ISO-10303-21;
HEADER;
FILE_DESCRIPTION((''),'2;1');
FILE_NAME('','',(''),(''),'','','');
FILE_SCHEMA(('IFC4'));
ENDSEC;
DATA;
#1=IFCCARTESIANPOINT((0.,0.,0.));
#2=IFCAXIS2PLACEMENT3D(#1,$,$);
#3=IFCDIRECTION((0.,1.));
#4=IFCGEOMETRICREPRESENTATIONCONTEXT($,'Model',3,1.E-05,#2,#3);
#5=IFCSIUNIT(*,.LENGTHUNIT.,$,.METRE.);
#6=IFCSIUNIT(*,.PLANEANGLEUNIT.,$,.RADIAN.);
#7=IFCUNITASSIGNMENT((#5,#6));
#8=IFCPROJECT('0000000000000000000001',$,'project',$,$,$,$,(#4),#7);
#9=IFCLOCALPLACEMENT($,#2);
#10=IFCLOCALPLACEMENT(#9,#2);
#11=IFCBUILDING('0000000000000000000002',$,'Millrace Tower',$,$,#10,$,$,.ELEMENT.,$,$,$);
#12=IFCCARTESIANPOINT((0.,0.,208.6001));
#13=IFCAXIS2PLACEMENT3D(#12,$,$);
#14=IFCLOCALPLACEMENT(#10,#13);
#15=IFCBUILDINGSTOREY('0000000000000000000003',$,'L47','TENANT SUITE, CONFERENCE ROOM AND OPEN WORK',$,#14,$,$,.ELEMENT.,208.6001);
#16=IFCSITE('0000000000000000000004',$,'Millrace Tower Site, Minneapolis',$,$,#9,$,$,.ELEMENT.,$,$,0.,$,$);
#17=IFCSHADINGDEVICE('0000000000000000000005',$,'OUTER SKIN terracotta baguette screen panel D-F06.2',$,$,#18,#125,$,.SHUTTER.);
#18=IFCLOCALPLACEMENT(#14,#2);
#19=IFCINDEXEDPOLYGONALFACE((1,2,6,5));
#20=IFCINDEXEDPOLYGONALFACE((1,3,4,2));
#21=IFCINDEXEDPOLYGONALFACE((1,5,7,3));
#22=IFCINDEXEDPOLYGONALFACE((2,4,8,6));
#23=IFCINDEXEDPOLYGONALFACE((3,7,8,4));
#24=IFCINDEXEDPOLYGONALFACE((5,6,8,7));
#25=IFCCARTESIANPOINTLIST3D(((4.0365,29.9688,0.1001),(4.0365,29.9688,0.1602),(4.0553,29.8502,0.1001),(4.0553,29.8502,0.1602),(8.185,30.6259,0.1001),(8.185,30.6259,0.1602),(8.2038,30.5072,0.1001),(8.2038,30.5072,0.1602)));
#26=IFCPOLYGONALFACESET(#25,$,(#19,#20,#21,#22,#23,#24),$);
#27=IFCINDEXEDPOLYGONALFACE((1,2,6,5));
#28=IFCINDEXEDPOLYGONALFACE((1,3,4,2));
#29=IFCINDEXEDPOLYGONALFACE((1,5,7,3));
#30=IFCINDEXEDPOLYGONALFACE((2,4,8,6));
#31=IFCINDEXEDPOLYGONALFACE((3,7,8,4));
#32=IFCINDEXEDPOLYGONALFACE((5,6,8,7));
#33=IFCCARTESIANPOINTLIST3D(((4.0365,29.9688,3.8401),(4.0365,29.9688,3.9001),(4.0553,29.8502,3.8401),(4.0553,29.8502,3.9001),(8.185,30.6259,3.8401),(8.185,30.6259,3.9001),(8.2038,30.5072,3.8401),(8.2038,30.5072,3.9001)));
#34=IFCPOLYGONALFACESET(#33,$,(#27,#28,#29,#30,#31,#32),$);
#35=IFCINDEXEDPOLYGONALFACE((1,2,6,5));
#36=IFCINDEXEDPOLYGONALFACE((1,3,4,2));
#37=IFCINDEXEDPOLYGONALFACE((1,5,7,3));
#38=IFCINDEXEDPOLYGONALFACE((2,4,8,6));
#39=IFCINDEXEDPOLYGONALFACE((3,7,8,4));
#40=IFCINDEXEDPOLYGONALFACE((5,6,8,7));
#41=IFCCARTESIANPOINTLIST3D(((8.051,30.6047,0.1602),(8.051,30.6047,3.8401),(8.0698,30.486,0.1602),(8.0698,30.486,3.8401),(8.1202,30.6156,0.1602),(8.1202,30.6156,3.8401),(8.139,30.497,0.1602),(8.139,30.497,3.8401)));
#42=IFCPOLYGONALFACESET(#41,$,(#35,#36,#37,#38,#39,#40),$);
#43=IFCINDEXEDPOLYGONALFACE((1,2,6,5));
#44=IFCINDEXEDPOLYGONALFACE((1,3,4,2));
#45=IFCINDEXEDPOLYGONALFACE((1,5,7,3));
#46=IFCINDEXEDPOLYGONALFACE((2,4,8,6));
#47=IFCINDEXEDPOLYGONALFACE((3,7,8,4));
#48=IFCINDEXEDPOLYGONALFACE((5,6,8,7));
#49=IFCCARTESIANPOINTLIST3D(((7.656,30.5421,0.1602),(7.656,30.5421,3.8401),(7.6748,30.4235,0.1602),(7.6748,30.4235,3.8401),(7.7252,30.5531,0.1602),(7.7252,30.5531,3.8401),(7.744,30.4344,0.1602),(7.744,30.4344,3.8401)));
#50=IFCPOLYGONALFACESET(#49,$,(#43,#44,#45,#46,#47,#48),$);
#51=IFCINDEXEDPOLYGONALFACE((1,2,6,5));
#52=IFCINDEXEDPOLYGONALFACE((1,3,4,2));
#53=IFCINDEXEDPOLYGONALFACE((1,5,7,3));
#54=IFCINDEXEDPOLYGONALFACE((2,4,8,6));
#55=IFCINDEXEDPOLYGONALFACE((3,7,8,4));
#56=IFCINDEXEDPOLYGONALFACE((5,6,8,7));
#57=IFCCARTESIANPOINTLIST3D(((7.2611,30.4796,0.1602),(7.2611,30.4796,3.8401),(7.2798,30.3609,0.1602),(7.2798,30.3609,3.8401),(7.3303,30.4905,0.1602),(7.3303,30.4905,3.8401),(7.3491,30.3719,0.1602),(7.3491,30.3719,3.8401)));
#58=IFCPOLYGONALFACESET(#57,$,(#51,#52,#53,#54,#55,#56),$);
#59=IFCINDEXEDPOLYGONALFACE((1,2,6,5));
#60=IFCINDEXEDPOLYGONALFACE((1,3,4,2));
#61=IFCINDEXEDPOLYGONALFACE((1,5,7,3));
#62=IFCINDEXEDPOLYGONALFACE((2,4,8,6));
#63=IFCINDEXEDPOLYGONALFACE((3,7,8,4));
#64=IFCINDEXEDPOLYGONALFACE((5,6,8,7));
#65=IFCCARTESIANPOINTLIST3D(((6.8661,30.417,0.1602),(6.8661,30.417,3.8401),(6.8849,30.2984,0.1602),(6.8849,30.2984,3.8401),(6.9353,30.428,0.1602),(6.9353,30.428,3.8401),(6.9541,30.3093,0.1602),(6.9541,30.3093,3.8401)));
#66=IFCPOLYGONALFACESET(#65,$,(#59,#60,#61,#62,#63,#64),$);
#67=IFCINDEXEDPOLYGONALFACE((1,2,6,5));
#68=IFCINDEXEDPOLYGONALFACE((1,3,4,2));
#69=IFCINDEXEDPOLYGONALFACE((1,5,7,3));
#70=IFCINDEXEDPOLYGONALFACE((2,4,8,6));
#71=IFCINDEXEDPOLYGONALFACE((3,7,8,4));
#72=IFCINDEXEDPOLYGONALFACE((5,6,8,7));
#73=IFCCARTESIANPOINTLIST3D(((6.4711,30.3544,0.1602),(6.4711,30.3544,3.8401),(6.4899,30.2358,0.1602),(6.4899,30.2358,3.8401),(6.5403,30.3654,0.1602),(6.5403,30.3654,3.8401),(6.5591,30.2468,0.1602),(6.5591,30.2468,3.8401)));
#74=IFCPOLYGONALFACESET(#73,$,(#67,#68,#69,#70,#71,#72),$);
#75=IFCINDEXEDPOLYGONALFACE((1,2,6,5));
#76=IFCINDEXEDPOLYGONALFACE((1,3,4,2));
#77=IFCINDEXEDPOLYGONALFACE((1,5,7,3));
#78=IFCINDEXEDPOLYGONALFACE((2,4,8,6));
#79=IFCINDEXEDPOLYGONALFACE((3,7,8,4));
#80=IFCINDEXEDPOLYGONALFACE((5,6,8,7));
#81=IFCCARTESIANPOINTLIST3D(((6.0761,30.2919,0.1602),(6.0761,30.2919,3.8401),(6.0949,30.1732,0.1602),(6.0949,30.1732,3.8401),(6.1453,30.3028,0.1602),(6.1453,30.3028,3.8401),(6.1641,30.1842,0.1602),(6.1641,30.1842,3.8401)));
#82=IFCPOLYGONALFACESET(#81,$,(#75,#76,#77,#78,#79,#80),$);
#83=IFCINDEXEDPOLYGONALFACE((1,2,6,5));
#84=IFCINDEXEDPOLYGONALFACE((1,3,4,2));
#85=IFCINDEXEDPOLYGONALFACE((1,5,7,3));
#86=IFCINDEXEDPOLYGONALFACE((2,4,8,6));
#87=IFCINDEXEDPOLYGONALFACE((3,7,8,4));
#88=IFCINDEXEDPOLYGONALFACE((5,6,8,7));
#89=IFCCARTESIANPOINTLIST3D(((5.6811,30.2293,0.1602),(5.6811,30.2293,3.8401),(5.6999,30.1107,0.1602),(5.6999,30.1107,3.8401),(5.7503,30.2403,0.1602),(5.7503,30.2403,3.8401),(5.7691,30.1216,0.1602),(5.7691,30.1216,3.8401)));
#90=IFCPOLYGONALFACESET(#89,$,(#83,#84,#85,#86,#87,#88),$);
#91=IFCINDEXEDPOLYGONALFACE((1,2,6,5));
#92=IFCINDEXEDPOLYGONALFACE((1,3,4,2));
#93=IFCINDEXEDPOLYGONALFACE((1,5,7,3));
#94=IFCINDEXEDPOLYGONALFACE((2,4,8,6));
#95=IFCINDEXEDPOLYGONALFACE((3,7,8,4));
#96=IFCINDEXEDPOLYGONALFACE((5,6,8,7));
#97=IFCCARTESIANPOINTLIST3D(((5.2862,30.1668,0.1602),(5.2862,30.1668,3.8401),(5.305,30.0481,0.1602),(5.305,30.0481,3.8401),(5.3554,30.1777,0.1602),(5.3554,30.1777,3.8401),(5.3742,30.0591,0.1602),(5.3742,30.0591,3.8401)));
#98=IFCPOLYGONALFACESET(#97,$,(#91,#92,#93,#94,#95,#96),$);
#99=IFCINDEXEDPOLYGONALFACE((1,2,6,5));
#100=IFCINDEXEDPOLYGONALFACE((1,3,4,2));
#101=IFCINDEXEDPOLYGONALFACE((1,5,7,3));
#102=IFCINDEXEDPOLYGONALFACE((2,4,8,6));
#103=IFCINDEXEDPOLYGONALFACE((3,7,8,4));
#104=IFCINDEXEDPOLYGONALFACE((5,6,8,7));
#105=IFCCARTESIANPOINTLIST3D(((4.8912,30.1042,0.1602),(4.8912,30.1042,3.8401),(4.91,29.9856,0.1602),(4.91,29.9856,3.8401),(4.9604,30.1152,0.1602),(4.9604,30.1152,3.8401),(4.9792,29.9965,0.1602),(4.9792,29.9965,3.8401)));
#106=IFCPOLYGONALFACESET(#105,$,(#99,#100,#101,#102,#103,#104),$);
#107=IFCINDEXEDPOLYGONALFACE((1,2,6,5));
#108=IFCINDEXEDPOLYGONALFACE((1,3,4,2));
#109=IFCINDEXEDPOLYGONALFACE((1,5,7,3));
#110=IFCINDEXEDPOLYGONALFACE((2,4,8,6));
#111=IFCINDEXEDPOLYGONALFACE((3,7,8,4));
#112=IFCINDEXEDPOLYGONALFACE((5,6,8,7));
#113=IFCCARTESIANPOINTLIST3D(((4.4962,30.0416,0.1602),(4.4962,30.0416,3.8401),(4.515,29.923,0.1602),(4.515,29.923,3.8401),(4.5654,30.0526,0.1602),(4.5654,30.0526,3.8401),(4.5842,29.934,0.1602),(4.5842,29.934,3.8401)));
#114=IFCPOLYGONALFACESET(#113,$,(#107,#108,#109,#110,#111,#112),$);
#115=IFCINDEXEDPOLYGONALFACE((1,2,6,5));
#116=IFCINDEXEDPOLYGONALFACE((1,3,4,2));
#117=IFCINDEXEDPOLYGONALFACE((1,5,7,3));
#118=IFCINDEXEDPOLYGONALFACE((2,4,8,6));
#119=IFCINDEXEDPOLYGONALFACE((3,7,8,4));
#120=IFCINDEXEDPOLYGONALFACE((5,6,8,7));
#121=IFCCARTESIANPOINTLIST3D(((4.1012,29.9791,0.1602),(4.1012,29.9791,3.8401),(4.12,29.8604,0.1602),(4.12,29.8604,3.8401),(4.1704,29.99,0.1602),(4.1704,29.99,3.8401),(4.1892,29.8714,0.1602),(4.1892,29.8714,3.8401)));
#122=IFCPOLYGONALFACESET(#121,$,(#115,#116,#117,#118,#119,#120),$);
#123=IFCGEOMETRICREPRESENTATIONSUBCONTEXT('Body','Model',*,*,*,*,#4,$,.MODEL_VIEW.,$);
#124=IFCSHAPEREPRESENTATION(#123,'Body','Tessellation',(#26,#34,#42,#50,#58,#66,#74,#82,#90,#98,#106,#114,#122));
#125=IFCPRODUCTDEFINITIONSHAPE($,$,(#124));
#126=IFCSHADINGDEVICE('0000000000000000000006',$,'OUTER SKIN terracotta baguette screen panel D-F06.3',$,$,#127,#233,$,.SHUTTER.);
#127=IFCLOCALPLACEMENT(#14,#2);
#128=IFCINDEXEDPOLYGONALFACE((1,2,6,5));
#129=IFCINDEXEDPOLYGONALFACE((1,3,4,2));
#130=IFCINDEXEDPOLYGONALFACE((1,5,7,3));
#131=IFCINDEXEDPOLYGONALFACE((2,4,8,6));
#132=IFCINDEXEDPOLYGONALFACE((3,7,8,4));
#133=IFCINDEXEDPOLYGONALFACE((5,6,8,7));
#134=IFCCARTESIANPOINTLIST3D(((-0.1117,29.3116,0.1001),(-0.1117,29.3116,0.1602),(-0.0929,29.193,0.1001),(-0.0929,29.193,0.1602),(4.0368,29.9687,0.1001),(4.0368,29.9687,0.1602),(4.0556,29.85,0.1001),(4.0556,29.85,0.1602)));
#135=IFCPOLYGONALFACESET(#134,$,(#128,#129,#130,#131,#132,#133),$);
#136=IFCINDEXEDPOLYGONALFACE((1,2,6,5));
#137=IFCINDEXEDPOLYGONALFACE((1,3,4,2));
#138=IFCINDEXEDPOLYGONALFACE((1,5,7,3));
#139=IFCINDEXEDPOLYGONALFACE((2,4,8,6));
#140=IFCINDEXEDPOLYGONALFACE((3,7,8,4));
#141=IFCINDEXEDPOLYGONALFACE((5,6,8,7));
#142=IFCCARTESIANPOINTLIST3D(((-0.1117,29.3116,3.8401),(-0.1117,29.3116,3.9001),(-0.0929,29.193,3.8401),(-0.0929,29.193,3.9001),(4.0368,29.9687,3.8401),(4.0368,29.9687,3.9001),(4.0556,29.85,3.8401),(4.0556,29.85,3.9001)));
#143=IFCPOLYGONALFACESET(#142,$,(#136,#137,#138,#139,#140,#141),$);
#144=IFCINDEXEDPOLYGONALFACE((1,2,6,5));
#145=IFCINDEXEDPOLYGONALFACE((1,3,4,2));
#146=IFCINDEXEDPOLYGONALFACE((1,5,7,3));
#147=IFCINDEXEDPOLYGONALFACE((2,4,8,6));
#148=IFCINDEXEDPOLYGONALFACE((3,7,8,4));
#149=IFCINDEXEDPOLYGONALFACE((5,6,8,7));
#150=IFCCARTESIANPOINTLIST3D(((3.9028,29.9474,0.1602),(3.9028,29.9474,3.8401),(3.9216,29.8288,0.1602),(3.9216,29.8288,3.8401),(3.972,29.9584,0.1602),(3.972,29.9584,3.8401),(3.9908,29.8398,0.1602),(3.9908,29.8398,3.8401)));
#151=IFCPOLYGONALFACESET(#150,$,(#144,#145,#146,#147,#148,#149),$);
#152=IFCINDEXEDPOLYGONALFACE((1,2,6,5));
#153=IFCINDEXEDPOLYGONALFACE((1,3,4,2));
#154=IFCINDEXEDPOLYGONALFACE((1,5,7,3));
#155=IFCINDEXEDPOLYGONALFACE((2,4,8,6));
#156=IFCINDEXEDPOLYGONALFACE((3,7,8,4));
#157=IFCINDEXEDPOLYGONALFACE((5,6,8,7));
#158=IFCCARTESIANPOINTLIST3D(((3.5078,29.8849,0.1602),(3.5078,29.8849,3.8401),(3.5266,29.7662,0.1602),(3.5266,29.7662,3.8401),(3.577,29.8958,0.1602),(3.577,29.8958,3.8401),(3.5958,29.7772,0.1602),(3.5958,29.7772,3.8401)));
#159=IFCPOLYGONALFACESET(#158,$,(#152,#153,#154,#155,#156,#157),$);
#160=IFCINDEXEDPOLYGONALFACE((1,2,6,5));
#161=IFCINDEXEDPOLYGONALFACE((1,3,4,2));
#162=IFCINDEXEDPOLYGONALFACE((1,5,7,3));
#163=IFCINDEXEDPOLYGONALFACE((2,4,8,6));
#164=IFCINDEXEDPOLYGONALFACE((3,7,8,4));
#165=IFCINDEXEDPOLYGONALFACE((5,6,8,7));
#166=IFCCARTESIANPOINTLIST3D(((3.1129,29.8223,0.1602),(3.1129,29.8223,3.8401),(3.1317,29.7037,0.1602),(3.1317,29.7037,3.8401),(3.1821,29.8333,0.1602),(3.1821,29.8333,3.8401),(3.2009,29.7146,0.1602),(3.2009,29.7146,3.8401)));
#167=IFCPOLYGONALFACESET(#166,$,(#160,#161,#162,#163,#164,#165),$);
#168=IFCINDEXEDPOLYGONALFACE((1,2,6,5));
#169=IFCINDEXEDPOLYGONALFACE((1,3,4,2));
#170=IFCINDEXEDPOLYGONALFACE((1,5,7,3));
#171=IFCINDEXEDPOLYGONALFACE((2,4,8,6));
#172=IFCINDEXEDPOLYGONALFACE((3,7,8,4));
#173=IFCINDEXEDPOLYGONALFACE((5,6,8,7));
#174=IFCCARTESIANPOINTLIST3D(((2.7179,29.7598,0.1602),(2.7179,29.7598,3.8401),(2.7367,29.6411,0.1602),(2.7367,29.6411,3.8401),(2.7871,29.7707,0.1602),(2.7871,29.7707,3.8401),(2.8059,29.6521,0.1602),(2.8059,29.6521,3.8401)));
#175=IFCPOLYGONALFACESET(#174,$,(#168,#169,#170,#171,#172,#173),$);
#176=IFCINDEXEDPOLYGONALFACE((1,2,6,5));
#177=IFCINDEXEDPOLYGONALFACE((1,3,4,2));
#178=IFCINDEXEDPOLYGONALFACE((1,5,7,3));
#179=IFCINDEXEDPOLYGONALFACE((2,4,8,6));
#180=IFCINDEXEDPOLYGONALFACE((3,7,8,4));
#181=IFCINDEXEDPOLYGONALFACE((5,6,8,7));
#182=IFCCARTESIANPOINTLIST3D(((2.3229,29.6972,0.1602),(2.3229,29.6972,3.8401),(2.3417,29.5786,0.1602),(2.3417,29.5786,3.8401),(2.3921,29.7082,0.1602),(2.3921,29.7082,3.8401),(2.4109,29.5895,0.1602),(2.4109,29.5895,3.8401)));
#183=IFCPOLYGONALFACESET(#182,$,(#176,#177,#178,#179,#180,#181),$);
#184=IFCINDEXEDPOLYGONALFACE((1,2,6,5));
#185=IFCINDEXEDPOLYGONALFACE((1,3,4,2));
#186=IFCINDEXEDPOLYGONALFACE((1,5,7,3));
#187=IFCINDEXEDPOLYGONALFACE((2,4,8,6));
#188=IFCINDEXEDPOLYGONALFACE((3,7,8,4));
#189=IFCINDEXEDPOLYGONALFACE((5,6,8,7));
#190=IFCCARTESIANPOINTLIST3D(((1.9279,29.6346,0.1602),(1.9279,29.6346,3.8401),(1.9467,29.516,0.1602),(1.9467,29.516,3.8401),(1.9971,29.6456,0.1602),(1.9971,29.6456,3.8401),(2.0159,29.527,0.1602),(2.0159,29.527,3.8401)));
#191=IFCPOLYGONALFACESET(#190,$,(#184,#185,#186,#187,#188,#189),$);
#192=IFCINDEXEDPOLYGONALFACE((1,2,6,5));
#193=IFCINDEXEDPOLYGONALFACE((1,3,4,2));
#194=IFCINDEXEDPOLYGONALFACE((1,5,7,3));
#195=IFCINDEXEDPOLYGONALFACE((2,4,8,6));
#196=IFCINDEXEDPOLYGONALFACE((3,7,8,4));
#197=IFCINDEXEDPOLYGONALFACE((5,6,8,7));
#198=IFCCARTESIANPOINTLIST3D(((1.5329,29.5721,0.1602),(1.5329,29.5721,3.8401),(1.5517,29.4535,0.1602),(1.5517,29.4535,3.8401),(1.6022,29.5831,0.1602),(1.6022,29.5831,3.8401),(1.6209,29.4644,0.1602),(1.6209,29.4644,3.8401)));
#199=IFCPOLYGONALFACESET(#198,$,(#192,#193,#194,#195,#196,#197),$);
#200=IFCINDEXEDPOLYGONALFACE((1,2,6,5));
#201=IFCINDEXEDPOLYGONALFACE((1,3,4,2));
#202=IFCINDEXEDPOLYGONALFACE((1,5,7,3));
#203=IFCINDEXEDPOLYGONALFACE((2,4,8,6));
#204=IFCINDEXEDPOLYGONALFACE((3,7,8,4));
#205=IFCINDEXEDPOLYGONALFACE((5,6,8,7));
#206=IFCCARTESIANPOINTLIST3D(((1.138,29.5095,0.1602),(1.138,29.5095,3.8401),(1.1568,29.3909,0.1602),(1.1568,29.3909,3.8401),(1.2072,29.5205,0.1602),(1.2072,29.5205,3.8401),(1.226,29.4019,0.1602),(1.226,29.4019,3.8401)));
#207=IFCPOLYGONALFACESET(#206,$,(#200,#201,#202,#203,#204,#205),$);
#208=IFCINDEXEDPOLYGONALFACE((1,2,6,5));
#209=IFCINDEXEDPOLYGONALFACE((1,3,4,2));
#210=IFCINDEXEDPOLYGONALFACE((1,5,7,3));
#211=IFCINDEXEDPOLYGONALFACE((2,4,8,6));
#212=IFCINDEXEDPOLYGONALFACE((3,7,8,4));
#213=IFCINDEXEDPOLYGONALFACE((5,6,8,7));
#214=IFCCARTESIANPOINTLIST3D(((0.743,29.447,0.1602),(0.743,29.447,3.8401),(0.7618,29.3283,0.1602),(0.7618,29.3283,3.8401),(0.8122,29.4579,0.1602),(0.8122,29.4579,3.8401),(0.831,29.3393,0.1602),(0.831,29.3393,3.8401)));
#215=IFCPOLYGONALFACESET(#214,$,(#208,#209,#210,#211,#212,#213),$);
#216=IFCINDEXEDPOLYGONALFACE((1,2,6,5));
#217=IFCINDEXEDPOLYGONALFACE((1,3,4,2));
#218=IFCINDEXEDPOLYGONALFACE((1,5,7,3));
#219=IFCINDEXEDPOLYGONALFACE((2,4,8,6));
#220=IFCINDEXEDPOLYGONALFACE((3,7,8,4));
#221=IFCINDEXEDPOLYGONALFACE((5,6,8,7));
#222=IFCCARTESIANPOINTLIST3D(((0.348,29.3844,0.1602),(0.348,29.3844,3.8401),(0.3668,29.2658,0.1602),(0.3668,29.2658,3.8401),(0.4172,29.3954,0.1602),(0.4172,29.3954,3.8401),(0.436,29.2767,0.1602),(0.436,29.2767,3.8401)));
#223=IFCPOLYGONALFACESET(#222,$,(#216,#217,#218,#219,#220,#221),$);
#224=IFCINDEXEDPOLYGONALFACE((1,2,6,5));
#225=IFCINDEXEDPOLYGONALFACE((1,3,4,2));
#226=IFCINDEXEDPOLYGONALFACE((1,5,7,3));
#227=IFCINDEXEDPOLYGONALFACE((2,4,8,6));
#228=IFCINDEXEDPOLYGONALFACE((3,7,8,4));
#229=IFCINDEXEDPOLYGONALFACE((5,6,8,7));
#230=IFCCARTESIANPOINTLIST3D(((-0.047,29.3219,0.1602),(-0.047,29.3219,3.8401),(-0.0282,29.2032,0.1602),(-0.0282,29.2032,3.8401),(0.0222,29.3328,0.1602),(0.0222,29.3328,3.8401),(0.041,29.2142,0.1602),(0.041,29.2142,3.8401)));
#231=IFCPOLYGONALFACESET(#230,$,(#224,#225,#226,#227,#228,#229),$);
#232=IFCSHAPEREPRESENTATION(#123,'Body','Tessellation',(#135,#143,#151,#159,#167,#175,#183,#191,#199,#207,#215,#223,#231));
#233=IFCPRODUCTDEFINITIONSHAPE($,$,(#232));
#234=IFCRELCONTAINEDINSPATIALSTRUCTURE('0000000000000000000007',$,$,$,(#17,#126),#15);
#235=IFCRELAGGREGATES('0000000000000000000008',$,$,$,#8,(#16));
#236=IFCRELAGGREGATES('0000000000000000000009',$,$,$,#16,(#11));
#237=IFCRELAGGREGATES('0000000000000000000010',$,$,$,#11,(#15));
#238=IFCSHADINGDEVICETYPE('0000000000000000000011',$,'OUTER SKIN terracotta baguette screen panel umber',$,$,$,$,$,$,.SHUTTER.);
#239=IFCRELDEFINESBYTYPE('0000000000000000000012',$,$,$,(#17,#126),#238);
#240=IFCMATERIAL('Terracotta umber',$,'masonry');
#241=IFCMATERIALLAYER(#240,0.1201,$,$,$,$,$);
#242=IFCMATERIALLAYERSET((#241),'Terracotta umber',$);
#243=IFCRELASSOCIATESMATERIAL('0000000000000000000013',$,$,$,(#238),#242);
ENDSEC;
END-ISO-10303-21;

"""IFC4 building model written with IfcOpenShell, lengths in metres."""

from ifc_helpers import new_model, entity, si_unit, direction, frame, frame_2d, origin, origin_2d, place, context, subcontext, project, spatial, rectangle, extrude, source, transform, mapped, material, layer, layer_set, type_object, element, save


model = new_model("IFC4")

# Units and contexts
model_context = context("Model", 3, precision=1e-05, world=origin(), true_north=direction((0.0, 1.0)))
body_context = subcontext(model_context, "Body", "Model", "MODEL_VIEW")
ifc_project = project(units=[si_unit("LENGTHUNIT", "METRE"), si_unit("PLANEANGLEUNIT", "RADIAN")], contexts=[model_context])

# Site, building, storey
site_placement = place(None, origin())
site = spatial("IfcSite", under=ifc_project, at=site_placement, Name="Millrace Tower Site, Minneapolis", CompositionType="ELEMENT", RefElevation=0.0)
building_placement = place(site_placement, origin())
building = spatial("IfcBuilding", under=site, at=building_placement, Name="Millrace Tower", CompositionType="ELEMENT")
storey_placement = place(building_placement, frame((0.0, 0.0, 208.6001)))
storey = spatial("IfcBuildingStorey", under=building, at=storey_placement, Name="L47", Description="TENANT SUITE, CONFERENCE ROOM AND OPEN WORK", CompositionType="ELEMENT", Elevation=208.6001)

# Shading devices
ifc_material_1 = material(Name="Terracotta umber", Category="masonry")
ifc_layer_1 = layer(ifc_material_1, 0.1201)
ifc_layer_set_1 = layer_set([ifc_layer_1], Name="Terracotta umber")
shading_device_type = type_object("IfcShadingDeviceType", Name="OUTER SKIN terracotta baguette screen panel umber", PredefinedType="SHUTTER", material=ifc_layer_set_1)
cartesian_point_1 = entity("IfcCartesianPoint", [-2.1001, 0.0601])
shared_polyline_1 = entity("IfcPolyline", [cartesian_point_1, entity("IfcCartesianPoint", [2.1001, 0.0601]), entity("IfcCartesianPoint", [2.1001, -0.0601]), entity("IfcCartesianPoint", [-2.1001, -0.0601]), cartesian_point_1])
shared_shape_1 = source(origin(), body_context, "Body", "SweptSolid", [
    entity("IfcExtrudedAreaSolid", entity("IfcArbitraryClosedProfileDef", "AREA", None, shared_polyline_1), entity("IfcAxis2Placement3D", entity("IfcCartesianPoint", [0.0, 0.0, 0.0])), entity("IfcDirection", [0.0, 0.0, 1.0]), 0.0601),
    entity("IfcExtrudedAreaSolid", entity("IfcArbitraryClosedProfileDef", "AREA", None, shared_polyline_1), entity("IfcAxis2Placement3D", entity("IfcCartesianPoint", [0.0, 0.0, 3.74])), entity("IfcDirection", [0.0, 0.0, 1.0]), 0.0601),
    extrude(rectangle(XDim=0.0701, YDim=0.1201, at=frame_2d((-1.9995, 0.0))), frame((0.0, 0.0, 0.0601)), (0.0, 0.0, 1.0), 3.6799),
    extrude(rectangle(XDim=0.0701, YDim=0.1201, at=frame_2d((-1.5996, 0.0))), frame((0.0, 0.0, 0.0601)), (0.0, 0.0, 1.0), 3.6799),
    extrude(rectangle(XDim=0.0701, YDim=0.1201, at=frame_2d((-1.1997, 0.0))), frame((0.0, 0.0, 0.0601)), (0.0, 0.0, 1.0), 3.6799),
    extrude(rectangle(XDim=0.0701, YDim=0.1201, at=frame_2d((-0.7998, 0.0))), frame((0.0, 0.0, 0.0601)), (0.0, 0.0, 1.0), 3.6799),
    extrude(rectangle(XDim=0.0701, YDim=0.1201, at=frame_2d((-0.3999, 0.0))), frame((0.0, 0.0, 0.0601)), (0.0, 0.0, 1.0), 3.6799),
    extrude(rectangle(XDim=0.0701, YDim=0.1201, at=origin_2d()), frame((0.0, 0.0, 0.0601)), (0.0, 0.0, 1.0), 3.6799),
    extrude(rectangle(XDim=0.0701, YDim=0.1201, at=frame_2d((0.3999, 0.0))), frame((0.0, 0.0, 0.0601)), (0.0, 0.0, 1.0), 3.6799),
    extrude(rectangle(XDim=0.0701, YDim=0.1201, at=frame_2d((0.7998, 0.0))), frame((0.0, 0.0, 0.0601)), (0.0, 0.0, 1.0), 3.6799),
    extrude(rectangle(XDim=0.0701, YDim=0.1201, at=frame_2d((1.1997, 0.0))), frame((0.0, 0.0, 0.0601)), (0.0, 0.0, 1.0), 3.6799),
    extrude(rectangle(XDim=0.0701, YDim=0.1201, at=frame_2d((1.5996, 0.0))), frame((0.0, 0.0, 0.0601)), (0.0, 0.0, 1.0), 3.6799),
    extrude(rectangle(XDim=0.0701, YDim=0.1201, at=frame_2d((1.9995, 0.0))), frame((0.0, 0.0, 0.0601)), (0.0, 0.0, 1.0), 3.6799),
])
for number, where, z_axis, x_axis, name in (
    (1, (6.1201, 30.238, 0.1001), (0.0, 0.0, 1.0), (-0.987688, -0.156434, 0.0), "OUTER SKIN terracotta baguette screen panel D-F06.2"),
    (2, (1.9719, 29.5808, 0.1001), (0.0, 0.0, 1.0), (-0.987688, -0.156434, 0.0), "OUTER SKIN terracotta baguette screen panel D-F06.3"),
):
    element("IfcShadingDevice", number, at=place(storey_placement, frame(where, z_axis=z_axis, x_axis=x_axis)), inside=storey, type_object=shading_device_type, Name=name, PredefinedType="SHUTTER", context=body_context, shape_type="MappedRepresentation", body=[
        mapped(shared_shape_1, transform((0.0, 0.0, 0.0), scale=1.0)),
    ])

save(model, "model.ifc")
